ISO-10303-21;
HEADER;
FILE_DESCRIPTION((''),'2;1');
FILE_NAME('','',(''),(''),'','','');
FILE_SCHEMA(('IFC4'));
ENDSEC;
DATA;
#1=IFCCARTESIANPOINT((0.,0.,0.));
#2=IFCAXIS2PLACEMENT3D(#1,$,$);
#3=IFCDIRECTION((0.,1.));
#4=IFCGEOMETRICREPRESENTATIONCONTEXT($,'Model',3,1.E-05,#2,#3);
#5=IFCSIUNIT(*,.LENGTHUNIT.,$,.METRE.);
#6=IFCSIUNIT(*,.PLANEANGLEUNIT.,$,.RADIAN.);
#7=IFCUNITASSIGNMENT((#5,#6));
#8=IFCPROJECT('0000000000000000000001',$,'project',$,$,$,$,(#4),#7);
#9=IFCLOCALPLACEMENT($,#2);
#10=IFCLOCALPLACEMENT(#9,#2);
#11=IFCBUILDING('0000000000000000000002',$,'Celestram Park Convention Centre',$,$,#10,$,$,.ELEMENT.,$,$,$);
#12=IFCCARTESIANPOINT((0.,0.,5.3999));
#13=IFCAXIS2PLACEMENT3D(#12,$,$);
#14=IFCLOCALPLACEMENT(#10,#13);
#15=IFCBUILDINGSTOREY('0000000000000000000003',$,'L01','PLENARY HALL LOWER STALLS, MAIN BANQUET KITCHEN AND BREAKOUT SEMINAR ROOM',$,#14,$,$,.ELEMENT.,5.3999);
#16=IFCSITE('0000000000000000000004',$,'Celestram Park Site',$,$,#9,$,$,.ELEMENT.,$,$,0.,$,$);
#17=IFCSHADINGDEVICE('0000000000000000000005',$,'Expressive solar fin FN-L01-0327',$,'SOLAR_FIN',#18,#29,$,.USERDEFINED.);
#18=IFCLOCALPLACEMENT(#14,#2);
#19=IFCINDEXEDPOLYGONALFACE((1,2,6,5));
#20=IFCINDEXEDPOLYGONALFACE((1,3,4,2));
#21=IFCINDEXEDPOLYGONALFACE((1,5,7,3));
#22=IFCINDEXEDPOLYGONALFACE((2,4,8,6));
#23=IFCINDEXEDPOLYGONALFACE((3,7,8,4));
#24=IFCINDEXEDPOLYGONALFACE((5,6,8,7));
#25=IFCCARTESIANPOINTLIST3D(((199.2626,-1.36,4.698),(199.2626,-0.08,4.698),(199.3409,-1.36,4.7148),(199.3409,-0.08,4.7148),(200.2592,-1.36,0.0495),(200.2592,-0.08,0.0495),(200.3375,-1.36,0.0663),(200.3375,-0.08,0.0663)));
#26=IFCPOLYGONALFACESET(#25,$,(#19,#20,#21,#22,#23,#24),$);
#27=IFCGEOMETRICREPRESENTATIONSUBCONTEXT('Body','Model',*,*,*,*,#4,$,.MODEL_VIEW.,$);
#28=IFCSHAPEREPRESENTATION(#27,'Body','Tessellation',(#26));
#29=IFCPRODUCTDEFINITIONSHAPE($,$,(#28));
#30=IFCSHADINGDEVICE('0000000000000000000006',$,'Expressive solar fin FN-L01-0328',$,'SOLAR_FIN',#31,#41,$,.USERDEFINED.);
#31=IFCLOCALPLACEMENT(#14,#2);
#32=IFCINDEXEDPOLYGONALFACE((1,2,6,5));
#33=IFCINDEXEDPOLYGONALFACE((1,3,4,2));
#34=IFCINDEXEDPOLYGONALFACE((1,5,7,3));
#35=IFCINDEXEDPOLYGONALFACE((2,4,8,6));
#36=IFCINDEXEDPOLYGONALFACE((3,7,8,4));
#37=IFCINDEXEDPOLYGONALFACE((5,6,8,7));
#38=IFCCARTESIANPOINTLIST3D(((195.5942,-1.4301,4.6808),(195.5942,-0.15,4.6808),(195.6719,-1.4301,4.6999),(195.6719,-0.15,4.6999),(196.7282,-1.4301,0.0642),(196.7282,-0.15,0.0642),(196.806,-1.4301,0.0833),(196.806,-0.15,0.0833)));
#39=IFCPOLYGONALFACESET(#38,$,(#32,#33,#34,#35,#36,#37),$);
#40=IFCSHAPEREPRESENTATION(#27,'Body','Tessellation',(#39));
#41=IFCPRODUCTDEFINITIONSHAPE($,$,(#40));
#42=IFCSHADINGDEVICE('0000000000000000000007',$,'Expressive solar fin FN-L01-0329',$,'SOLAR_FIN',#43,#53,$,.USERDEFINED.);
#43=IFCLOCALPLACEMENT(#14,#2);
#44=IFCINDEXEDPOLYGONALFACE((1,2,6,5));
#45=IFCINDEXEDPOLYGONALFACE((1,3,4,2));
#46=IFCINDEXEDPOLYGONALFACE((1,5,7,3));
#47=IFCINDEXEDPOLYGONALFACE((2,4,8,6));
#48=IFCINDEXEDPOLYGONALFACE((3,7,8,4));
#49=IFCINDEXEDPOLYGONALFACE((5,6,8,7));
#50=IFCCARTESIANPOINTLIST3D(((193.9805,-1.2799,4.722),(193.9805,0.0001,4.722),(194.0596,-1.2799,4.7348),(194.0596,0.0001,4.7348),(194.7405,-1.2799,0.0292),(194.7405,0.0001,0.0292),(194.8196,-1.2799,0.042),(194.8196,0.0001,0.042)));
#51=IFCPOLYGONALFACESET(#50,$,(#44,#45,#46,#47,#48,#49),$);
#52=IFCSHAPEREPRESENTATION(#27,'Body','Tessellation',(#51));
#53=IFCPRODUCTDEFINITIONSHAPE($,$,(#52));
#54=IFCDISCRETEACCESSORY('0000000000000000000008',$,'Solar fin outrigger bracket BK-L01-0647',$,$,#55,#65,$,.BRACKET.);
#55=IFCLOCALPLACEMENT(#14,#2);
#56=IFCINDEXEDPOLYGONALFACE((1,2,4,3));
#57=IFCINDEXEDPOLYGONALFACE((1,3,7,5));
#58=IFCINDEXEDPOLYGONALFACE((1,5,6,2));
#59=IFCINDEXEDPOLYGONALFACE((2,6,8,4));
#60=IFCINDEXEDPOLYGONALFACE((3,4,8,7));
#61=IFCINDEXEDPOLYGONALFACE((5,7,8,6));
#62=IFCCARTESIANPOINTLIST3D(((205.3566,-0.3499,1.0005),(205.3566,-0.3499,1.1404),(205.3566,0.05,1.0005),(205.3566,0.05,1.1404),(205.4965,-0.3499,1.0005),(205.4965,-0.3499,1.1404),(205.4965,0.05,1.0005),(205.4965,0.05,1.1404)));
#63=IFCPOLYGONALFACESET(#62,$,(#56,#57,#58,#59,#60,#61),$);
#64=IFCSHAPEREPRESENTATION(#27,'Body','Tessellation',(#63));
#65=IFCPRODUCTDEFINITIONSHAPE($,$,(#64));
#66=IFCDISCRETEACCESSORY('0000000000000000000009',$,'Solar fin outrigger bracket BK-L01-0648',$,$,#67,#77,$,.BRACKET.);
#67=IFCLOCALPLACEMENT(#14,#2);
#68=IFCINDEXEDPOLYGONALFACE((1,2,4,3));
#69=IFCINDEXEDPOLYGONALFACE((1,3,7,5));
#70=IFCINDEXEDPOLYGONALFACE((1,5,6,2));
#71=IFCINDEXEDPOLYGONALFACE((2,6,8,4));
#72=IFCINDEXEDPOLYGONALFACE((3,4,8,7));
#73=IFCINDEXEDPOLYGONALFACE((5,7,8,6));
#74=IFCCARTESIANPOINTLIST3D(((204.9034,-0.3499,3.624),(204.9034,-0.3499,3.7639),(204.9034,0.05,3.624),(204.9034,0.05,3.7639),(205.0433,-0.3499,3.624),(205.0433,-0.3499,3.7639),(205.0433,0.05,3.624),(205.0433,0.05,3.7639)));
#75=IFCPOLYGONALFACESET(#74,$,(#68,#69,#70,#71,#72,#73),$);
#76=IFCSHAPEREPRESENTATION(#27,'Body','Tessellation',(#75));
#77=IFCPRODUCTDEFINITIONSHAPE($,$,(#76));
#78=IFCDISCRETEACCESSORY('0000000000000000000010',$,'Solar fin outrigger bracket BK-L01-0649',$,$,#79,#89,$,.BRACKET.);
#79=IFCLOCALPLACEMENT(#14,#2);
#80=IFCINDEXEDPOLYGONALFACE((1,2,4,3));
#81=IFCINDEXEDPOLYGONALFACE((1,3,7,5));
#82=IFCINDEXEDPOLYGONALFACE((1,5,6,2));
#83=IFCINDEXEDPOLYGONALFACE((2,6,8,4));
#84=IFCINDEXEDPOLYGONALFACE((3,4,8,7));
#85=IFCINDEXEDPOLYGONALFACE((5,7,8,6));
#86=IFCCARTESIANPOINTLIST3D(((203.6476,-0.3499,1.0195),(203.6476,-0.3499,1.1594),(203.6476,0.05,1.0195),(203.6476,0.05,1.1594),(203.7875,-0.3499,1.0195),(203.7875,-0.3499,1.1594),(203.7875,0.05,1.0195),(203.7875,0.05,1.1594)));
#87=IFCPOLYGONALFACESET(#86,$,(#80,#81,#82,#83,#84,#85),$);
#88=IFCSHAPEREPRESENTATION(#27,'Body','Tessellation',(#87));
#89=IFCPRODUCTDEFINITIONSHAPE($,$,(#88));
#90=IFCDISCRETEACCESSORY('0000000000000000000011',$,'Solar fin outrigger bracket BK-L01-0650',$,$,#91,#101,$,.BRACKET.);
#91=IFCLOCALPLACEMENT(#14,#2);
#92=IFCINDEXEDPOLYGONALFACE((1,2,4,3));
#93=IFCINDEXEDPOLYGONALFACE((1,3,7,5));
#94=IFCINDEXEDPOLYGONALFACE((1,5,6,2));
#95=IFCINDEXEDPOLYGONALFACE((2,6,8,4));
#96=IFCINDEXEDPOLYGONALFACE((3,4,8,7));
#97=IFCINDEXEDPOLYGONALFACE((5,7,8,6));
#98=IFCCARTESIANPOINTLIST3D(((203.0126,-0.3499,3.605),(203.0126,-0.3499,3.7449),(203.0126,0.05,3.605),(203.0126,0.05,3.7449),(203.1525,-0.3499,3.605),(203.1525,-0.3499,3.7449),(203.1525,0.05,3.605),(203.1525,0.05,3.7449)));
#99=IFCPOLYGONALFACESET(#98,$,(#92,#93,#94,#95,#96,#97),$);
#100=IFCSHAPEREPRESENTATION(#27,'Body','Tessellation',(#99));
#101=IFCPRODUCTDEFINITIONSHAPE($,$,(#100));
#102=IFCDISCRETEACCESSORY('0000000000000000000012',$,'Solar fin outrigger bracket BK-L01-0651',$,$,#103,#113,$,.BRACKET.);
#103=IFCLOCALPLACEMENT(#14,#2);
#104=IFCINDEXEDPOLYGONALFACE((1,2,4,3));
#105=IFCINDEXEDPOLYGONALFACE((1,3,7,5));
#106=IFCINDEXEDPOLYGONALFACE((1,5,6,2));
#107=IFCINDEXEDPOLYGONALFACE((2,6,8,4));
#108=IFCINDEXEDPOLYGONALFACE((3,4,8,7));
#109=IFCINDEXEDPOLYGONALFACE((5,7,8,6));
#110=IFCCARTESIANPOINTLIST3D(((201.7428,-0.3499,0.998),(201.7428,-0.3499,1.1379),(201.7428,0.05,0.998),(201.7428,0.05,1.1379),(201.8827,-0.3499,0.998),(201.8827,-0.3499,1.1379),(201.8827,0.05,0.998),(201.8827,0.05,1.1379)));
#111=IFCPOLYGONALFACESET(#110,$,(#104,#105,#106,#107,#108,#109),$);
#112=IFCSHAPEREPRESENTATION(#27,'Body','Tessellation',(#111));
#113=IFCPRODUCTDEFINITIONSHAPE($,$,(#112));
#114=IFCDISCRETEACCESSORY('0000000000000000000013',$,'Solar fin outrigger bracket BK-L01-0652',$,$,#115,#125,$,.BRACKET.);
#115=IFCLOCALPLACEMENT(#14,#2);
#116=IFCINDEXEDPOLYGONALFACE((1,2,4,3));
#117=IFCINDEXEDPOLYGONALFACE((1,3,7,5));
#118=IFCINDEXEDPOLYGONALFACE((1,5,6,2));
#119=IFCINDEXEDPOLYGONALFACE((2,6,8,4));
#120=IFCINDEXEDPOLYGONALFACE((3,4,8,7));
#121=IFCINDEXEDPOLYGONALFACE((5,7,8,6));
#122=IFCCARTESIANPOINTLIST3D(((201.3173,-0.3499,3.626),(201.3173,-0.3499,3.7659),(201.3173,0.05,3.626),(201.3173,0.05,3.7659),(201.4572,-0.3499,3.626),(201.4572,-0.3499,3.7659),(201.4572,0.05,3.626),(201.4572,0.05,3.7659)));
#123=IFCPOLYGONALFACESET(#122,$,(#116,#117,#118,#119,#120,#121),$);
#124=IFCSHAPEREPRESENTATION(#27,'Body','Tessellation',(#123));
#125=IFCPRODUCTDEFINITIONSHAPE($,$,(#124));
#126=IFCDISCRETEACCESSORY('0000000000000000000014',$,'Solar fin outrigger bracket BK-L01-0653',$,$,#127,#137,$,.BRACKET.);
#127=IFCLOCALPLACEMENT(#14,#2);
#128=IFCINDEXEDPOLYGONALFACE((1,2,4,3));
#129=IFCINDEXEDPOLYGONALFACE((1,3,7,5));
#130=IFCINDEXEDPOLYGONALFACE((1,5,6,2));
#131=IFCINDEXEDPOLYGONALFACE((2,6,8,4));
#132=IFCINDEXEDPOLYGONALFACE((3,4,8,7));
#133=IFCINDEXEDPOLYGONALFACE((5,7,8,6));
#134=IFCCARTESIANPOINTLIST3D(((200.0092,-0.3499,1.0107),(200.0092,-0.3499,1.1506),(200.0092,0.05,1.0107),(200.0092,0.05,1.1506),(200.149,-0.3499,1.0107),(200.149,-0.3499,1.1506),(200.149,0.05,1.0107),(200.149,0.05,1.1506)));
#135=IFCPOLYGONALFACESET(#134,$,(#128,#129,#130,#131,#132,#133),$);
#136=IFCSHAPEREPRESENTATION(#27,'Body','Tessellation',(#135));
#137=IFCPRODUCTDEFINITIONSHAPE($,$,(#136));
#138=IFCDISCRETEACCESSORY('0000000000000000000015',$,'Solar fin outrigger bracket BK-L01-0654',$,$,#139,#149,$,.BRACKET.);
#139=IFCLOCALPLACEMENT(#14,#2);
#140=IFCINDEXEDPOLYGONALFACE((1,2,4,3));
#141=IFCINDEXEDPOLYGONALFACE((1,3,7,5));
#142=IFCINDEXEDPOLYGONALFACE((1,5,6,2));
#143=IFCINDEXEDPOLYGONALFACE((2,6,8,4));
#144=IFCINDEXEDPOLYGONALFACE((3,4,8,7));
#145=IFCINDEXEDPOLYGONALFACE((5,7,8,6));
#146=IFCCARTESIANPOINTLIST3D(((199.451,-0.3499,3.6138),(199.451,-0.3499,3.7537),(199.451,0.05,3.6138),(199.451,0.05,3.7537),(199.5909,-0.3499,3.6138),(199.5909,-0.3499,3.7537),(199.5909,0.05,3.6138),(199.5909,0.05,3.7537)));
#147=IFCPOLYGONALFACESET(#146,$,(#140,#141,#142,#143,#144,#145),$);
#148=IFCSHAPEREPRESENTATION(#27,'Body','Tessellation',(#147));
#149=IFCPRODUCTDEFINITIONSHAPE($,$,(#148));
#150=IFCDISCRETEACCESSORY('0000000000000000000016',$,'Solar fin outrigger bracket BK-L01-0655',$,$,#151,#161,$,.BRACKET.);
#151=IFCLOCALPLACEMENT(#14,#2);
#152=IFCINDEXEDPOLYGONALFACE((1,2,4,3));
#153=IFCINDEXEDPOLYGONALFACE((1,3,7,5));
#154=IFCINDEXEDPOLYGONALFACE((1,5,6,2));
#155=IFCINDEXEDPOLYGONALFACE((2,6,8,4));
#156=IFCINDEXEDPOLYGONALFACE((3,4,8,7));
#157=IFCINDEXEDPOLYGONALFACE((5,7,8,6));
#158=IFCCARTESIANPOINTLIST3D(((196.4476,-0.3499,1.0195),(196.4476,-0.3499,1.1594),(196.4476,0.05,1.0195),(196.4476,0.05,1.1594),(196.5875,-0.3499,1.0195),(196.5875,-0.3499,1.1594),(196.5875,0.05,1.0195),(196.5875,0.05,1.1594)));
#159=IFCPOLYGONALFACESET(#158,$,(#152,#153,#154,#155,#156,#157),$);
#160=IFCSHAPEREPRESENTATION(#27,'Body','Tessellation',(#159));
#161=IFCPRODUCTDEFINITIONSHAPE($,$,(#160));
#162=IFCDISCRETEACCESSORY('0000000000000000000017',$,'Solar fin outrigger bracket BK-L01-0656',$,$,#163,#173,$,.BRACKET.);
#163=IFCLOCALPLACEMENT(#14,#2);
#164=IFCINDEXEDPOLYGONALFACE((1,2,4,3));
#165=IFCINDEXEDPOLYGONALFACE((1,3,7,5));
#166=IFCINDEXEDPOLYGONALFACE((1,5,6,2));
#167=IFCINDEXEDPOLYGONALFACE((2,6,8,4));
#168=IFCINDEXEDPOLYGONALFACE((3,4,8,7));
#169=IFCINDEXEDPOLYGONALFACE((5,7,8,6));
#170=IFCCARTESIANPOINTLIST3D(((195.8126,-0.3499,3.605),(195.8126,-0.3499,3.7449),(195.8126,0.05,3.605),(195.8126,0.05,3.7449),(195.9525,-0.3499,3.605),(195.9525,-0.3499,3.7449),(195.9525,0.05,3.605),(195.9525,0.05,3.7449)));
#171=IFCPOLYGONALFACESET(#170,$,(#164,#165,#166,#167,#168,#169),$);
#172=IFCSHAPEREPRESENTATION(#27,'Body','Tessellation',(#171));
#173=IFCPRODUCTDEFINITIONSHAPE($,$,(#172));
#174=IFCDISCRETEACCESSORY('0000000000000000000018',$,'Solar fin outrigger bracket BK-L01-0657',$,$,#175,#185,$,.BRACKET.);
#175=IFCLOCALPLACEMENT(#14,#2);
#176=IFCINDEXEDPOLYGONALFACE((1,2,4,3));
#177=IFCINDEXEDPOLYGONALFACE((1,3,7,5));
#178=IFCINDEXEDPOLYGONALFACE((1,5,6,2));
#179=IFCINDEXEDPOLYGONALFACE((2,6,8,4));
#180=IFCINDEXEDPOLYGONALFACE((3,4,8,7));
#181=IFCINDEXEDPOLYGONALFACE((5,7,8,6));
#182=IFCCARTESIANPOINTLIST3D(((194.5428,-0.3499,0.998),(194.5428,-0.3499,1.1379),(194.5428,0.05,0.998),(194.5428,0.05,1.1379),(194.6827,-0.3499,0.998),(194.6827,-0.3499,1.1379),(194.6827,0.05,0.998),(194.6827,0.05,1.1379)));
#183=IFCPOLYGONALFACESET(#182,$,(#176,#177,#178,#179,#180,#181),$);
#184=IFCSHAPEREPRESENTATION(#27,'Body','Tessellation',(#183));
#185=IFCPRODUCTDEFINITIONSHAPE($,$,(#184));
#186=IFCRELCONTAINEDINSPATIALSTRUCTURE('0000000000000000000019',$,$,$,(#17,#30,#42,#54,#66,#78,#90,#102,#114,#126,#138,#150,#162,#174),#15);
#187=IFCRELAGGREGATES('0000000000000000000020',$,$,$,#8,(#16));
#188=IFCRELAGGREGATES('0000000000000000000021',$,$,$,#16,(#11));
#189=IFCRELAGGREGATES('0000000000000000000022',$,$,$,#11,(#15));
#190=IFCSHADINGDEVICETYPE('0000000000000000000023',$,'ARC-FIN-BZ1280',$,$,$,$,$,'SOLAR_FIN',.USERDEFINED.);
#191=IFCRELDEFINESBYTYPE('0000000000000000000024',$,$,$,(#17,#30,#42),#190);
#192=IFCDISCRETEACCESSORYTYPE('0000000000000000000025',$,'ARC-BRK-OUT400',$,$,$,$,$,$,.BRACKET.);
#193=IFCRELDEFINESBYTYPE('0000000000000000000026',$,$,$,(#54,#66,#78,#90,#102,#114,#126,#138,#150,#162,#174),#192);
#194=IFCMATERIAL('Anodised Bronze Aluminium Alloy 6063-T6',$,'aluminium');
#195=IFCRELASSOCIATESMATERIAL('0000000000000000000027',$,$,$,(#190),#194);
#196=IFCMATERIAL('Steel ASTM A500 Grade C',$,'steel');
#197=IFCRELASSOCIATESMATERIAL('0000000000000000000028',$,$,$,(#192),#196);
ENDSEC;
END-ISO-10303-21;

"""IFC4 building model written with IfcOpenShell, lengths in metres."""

from ifc_helpers import new_model, si_unit, direction, frame, origin, origin_2d, place, context, subcontext, project, spatial, rectangle, extrude, material, material_profile, profile_set, type_object, element, save


model = new_model("IFC4")

# Units and contexts
model_context = context("Model", 3, precision=1e-05, world=origin(), true_north=direction((0.0, 1.0)))
body_context = subcontext(model_context, "Body", "Model", "MODEL_VIEW")
ifc_project = project(units=[si_unit("LENGTHUNIT", "METRE"), si_unit("PLANEANGLEUNIT", "RADIAN")], contexts=[model_context])

# Site, building, storey
site_placement = place(None, origin())
site = spatial("IfcSite", under=ifc_project, at=site_placement, Name="Celestram Park Site", CompositionType="ELEMENT", RefElevation=0.0)
building_placement = place(site_placement, origin())
building = spatial("IfcBuilding", under=site, at=building_placement, Name="Celestram Park Convention Centre", CompositionType="ELEMENT")
storey_placement = place(building_placement, frame((0.0, 0.0, 5.3999)))
storey = spatial("IfcBuildingStorey", under=building, at=storey_placement, Name="L01", Description="PLENARY HALL LOWER STALLS, MAIN BANQUET KITCHEN AND BREAKOUT SEMINAR ROOM", CompositionType="ELEMENT", Elevation=5.3999)

# Shading devices
ifc_material_1 = material(Name="Anodised Bronze Aluminium Alloy 6063-T6", Category="aluminium")
ifc_material_profile_1 = material_profile(ifc_material_1, rectangle(XDim=1.28, YDim=0.0801, at=origin_2d()), Name="FIN1280X80")
ifc_profile_set_1 = profile_set([ifc_material_profile_1], Name="Anodised Bronze Aluminium Alloy 6063-T6")
shading_device_type = type_object("IfcShadingDeviceType", Name="ARC-FIN-BZ1280", ElementType="SOLAR_FIN", PredefinedType="USERDEFINED", material=ifc_profile_set_1)
shading_device_placement = place(storey_placement, frame((200.2983, -0.72, 0.0579), z_axis=(-0.209627, 0.0, 0.977781), x_axis=(0.0, -1.0, 0.0)))
element("IfcShadingDevice", 1, at=shading_device_placement, inside=storey, type_object=shading_device_type, Name="Expressive solar fin FN-L01-0327", ObjectType="SOLAR_FIN", PredefinedType="USERDEFINED", context=body_context, shape_type="SweptSolid", body=[
    extrude(rectangle(XDim=1.28, YDim=0.0801, at=origin_2d()), origin(), (0.0, 0.0, 1.0), 4.7542),
])
for number, where, z_axis, x_axis, name in (
    (2, (196.7671, -0.79, 0.0737), (-0.238546, 0.0, 0.971131), (0.0, -1.0, 0.0), "Expressive solar fin FN-L01-0328"),
    (3, (194.78, -0.6399, 0.0356), (-0.159867, 0.0, 0.987139), (0.0, -1.0, 0.0), "Expressive solar fin FN-L01-0329"),
):
    element("IfcShadingDevice", number, at=place(storey_placement, frame(where, z_axis=z_axis, x_axis=x_axis)), inside=storey, type_object=shading_device_type, Name=name, ObjectType="SOLAR_FIN", PredefinedType="USERDEFINED", context=body_context, shape_type="SweptSolid", body=[
        extrude(rectangle(XDim=1.28, YDim=0.0801, at=origin_2d()), origin(), (0.0, 0.0, 1.0), 4.7539),
    ])

# Discrete accessories
ifc_material_2 = material(Name="Steel ASTM A500 Grade C", Category="steel")
discrete_accessory_type = type_object("IfcDiscreteAccessoryType", Name="ARC-BRK-OUT400", PredefinedType="BRACKET", material=ifc_material_2)
for number, where, z_axis, x_axis, name in (
    (4, (205.4265, -0.1499, 1.0005), (0.0, 0.0, 1.0), (0.0, -1.0, 0.0), "Solar fin outrigger bracket BK-L01-0647"),
    (5, (204.9734, -0.1499, 3.624), (0.0, 0.0, 1.0), (0.0, -1.0, 0.0), "Solar fin outrigger bracket BK-L01-0648"),
    (6, (203.7175, -0.1499, 1.0195), (0.0, 0.0, 1.0), (0.0, -1.0, 0.0), "Solar fin outrigger bracket BK-L01-0649"),
    (7, (203.0825, -0.1499, 3.605), (0.0, 0.0, 1.0), (0.0, -1.0, 0.0), "Solar fin outrigger bracket BK-L01-0650"),
    (8, (201.8127, -0.1499, 0.998), (0.0, 0.0, 1.0), (0.0, -1.0, 0.0), "Solar fin outrigger bracket BK-L01-0651"),
    (9, (201.3872, -0.1499, 3.626), (0.0, 0.0, 1.0), (0.0, -1.0, 0.0), "Solar fin outrigger bracket BK-L01-0652"),
    (10, (200.0791, -0.1499, 1.0107), (0.0, 0.0, 1.0), (0.0, -1.0, 0.0), "Solar fin outrigger bracket BK-L01-0653"),
    (11, (199.521, -0.1499, 3.6138), (0.0, 0.0, 1.0), (0.0, -1.0, 0.0), "Solar fin outrigger bracket BK-L01-0654"),
    (12, (196.5176, -0.1499, 1.0195), (0.0, 0.0, 1.0), (0.0, -1.0, 0.0), "Solar fin outrigger bracket BK-L01-0655"),
    (13, (195.8826, -0.1499, 3.605), (0.0, 0.0, 1.0), (0.0, -1.0, 0.0), "Solar fin outrigger bracket BK-L01-0656"),
    (14, (194.6128, -0.1499, 0.998), (0.0, 0.0, 1.0), (0.0, -1.0, 0.0), "Solar fin outrigger bracket BK-L01-0657"),
):
    element("IfcDiscreteAccessory", number, at=place(storey_placement, frame(where, z_axis=z_axis, x_axis=x_axis)), inside=storey, type_object=discrete_accessory_type, Name=name, PredefinedType="BRACKET", context=body_context, shape_type="SweptSolid", body=[
        extrude(rectangle(XDim=0.3999, YDim=0.1399, at=origin_2d()), origin(), (0.0, 0.0, 1.0), 0.1399),
    ])

save(model, "model.ifc")
